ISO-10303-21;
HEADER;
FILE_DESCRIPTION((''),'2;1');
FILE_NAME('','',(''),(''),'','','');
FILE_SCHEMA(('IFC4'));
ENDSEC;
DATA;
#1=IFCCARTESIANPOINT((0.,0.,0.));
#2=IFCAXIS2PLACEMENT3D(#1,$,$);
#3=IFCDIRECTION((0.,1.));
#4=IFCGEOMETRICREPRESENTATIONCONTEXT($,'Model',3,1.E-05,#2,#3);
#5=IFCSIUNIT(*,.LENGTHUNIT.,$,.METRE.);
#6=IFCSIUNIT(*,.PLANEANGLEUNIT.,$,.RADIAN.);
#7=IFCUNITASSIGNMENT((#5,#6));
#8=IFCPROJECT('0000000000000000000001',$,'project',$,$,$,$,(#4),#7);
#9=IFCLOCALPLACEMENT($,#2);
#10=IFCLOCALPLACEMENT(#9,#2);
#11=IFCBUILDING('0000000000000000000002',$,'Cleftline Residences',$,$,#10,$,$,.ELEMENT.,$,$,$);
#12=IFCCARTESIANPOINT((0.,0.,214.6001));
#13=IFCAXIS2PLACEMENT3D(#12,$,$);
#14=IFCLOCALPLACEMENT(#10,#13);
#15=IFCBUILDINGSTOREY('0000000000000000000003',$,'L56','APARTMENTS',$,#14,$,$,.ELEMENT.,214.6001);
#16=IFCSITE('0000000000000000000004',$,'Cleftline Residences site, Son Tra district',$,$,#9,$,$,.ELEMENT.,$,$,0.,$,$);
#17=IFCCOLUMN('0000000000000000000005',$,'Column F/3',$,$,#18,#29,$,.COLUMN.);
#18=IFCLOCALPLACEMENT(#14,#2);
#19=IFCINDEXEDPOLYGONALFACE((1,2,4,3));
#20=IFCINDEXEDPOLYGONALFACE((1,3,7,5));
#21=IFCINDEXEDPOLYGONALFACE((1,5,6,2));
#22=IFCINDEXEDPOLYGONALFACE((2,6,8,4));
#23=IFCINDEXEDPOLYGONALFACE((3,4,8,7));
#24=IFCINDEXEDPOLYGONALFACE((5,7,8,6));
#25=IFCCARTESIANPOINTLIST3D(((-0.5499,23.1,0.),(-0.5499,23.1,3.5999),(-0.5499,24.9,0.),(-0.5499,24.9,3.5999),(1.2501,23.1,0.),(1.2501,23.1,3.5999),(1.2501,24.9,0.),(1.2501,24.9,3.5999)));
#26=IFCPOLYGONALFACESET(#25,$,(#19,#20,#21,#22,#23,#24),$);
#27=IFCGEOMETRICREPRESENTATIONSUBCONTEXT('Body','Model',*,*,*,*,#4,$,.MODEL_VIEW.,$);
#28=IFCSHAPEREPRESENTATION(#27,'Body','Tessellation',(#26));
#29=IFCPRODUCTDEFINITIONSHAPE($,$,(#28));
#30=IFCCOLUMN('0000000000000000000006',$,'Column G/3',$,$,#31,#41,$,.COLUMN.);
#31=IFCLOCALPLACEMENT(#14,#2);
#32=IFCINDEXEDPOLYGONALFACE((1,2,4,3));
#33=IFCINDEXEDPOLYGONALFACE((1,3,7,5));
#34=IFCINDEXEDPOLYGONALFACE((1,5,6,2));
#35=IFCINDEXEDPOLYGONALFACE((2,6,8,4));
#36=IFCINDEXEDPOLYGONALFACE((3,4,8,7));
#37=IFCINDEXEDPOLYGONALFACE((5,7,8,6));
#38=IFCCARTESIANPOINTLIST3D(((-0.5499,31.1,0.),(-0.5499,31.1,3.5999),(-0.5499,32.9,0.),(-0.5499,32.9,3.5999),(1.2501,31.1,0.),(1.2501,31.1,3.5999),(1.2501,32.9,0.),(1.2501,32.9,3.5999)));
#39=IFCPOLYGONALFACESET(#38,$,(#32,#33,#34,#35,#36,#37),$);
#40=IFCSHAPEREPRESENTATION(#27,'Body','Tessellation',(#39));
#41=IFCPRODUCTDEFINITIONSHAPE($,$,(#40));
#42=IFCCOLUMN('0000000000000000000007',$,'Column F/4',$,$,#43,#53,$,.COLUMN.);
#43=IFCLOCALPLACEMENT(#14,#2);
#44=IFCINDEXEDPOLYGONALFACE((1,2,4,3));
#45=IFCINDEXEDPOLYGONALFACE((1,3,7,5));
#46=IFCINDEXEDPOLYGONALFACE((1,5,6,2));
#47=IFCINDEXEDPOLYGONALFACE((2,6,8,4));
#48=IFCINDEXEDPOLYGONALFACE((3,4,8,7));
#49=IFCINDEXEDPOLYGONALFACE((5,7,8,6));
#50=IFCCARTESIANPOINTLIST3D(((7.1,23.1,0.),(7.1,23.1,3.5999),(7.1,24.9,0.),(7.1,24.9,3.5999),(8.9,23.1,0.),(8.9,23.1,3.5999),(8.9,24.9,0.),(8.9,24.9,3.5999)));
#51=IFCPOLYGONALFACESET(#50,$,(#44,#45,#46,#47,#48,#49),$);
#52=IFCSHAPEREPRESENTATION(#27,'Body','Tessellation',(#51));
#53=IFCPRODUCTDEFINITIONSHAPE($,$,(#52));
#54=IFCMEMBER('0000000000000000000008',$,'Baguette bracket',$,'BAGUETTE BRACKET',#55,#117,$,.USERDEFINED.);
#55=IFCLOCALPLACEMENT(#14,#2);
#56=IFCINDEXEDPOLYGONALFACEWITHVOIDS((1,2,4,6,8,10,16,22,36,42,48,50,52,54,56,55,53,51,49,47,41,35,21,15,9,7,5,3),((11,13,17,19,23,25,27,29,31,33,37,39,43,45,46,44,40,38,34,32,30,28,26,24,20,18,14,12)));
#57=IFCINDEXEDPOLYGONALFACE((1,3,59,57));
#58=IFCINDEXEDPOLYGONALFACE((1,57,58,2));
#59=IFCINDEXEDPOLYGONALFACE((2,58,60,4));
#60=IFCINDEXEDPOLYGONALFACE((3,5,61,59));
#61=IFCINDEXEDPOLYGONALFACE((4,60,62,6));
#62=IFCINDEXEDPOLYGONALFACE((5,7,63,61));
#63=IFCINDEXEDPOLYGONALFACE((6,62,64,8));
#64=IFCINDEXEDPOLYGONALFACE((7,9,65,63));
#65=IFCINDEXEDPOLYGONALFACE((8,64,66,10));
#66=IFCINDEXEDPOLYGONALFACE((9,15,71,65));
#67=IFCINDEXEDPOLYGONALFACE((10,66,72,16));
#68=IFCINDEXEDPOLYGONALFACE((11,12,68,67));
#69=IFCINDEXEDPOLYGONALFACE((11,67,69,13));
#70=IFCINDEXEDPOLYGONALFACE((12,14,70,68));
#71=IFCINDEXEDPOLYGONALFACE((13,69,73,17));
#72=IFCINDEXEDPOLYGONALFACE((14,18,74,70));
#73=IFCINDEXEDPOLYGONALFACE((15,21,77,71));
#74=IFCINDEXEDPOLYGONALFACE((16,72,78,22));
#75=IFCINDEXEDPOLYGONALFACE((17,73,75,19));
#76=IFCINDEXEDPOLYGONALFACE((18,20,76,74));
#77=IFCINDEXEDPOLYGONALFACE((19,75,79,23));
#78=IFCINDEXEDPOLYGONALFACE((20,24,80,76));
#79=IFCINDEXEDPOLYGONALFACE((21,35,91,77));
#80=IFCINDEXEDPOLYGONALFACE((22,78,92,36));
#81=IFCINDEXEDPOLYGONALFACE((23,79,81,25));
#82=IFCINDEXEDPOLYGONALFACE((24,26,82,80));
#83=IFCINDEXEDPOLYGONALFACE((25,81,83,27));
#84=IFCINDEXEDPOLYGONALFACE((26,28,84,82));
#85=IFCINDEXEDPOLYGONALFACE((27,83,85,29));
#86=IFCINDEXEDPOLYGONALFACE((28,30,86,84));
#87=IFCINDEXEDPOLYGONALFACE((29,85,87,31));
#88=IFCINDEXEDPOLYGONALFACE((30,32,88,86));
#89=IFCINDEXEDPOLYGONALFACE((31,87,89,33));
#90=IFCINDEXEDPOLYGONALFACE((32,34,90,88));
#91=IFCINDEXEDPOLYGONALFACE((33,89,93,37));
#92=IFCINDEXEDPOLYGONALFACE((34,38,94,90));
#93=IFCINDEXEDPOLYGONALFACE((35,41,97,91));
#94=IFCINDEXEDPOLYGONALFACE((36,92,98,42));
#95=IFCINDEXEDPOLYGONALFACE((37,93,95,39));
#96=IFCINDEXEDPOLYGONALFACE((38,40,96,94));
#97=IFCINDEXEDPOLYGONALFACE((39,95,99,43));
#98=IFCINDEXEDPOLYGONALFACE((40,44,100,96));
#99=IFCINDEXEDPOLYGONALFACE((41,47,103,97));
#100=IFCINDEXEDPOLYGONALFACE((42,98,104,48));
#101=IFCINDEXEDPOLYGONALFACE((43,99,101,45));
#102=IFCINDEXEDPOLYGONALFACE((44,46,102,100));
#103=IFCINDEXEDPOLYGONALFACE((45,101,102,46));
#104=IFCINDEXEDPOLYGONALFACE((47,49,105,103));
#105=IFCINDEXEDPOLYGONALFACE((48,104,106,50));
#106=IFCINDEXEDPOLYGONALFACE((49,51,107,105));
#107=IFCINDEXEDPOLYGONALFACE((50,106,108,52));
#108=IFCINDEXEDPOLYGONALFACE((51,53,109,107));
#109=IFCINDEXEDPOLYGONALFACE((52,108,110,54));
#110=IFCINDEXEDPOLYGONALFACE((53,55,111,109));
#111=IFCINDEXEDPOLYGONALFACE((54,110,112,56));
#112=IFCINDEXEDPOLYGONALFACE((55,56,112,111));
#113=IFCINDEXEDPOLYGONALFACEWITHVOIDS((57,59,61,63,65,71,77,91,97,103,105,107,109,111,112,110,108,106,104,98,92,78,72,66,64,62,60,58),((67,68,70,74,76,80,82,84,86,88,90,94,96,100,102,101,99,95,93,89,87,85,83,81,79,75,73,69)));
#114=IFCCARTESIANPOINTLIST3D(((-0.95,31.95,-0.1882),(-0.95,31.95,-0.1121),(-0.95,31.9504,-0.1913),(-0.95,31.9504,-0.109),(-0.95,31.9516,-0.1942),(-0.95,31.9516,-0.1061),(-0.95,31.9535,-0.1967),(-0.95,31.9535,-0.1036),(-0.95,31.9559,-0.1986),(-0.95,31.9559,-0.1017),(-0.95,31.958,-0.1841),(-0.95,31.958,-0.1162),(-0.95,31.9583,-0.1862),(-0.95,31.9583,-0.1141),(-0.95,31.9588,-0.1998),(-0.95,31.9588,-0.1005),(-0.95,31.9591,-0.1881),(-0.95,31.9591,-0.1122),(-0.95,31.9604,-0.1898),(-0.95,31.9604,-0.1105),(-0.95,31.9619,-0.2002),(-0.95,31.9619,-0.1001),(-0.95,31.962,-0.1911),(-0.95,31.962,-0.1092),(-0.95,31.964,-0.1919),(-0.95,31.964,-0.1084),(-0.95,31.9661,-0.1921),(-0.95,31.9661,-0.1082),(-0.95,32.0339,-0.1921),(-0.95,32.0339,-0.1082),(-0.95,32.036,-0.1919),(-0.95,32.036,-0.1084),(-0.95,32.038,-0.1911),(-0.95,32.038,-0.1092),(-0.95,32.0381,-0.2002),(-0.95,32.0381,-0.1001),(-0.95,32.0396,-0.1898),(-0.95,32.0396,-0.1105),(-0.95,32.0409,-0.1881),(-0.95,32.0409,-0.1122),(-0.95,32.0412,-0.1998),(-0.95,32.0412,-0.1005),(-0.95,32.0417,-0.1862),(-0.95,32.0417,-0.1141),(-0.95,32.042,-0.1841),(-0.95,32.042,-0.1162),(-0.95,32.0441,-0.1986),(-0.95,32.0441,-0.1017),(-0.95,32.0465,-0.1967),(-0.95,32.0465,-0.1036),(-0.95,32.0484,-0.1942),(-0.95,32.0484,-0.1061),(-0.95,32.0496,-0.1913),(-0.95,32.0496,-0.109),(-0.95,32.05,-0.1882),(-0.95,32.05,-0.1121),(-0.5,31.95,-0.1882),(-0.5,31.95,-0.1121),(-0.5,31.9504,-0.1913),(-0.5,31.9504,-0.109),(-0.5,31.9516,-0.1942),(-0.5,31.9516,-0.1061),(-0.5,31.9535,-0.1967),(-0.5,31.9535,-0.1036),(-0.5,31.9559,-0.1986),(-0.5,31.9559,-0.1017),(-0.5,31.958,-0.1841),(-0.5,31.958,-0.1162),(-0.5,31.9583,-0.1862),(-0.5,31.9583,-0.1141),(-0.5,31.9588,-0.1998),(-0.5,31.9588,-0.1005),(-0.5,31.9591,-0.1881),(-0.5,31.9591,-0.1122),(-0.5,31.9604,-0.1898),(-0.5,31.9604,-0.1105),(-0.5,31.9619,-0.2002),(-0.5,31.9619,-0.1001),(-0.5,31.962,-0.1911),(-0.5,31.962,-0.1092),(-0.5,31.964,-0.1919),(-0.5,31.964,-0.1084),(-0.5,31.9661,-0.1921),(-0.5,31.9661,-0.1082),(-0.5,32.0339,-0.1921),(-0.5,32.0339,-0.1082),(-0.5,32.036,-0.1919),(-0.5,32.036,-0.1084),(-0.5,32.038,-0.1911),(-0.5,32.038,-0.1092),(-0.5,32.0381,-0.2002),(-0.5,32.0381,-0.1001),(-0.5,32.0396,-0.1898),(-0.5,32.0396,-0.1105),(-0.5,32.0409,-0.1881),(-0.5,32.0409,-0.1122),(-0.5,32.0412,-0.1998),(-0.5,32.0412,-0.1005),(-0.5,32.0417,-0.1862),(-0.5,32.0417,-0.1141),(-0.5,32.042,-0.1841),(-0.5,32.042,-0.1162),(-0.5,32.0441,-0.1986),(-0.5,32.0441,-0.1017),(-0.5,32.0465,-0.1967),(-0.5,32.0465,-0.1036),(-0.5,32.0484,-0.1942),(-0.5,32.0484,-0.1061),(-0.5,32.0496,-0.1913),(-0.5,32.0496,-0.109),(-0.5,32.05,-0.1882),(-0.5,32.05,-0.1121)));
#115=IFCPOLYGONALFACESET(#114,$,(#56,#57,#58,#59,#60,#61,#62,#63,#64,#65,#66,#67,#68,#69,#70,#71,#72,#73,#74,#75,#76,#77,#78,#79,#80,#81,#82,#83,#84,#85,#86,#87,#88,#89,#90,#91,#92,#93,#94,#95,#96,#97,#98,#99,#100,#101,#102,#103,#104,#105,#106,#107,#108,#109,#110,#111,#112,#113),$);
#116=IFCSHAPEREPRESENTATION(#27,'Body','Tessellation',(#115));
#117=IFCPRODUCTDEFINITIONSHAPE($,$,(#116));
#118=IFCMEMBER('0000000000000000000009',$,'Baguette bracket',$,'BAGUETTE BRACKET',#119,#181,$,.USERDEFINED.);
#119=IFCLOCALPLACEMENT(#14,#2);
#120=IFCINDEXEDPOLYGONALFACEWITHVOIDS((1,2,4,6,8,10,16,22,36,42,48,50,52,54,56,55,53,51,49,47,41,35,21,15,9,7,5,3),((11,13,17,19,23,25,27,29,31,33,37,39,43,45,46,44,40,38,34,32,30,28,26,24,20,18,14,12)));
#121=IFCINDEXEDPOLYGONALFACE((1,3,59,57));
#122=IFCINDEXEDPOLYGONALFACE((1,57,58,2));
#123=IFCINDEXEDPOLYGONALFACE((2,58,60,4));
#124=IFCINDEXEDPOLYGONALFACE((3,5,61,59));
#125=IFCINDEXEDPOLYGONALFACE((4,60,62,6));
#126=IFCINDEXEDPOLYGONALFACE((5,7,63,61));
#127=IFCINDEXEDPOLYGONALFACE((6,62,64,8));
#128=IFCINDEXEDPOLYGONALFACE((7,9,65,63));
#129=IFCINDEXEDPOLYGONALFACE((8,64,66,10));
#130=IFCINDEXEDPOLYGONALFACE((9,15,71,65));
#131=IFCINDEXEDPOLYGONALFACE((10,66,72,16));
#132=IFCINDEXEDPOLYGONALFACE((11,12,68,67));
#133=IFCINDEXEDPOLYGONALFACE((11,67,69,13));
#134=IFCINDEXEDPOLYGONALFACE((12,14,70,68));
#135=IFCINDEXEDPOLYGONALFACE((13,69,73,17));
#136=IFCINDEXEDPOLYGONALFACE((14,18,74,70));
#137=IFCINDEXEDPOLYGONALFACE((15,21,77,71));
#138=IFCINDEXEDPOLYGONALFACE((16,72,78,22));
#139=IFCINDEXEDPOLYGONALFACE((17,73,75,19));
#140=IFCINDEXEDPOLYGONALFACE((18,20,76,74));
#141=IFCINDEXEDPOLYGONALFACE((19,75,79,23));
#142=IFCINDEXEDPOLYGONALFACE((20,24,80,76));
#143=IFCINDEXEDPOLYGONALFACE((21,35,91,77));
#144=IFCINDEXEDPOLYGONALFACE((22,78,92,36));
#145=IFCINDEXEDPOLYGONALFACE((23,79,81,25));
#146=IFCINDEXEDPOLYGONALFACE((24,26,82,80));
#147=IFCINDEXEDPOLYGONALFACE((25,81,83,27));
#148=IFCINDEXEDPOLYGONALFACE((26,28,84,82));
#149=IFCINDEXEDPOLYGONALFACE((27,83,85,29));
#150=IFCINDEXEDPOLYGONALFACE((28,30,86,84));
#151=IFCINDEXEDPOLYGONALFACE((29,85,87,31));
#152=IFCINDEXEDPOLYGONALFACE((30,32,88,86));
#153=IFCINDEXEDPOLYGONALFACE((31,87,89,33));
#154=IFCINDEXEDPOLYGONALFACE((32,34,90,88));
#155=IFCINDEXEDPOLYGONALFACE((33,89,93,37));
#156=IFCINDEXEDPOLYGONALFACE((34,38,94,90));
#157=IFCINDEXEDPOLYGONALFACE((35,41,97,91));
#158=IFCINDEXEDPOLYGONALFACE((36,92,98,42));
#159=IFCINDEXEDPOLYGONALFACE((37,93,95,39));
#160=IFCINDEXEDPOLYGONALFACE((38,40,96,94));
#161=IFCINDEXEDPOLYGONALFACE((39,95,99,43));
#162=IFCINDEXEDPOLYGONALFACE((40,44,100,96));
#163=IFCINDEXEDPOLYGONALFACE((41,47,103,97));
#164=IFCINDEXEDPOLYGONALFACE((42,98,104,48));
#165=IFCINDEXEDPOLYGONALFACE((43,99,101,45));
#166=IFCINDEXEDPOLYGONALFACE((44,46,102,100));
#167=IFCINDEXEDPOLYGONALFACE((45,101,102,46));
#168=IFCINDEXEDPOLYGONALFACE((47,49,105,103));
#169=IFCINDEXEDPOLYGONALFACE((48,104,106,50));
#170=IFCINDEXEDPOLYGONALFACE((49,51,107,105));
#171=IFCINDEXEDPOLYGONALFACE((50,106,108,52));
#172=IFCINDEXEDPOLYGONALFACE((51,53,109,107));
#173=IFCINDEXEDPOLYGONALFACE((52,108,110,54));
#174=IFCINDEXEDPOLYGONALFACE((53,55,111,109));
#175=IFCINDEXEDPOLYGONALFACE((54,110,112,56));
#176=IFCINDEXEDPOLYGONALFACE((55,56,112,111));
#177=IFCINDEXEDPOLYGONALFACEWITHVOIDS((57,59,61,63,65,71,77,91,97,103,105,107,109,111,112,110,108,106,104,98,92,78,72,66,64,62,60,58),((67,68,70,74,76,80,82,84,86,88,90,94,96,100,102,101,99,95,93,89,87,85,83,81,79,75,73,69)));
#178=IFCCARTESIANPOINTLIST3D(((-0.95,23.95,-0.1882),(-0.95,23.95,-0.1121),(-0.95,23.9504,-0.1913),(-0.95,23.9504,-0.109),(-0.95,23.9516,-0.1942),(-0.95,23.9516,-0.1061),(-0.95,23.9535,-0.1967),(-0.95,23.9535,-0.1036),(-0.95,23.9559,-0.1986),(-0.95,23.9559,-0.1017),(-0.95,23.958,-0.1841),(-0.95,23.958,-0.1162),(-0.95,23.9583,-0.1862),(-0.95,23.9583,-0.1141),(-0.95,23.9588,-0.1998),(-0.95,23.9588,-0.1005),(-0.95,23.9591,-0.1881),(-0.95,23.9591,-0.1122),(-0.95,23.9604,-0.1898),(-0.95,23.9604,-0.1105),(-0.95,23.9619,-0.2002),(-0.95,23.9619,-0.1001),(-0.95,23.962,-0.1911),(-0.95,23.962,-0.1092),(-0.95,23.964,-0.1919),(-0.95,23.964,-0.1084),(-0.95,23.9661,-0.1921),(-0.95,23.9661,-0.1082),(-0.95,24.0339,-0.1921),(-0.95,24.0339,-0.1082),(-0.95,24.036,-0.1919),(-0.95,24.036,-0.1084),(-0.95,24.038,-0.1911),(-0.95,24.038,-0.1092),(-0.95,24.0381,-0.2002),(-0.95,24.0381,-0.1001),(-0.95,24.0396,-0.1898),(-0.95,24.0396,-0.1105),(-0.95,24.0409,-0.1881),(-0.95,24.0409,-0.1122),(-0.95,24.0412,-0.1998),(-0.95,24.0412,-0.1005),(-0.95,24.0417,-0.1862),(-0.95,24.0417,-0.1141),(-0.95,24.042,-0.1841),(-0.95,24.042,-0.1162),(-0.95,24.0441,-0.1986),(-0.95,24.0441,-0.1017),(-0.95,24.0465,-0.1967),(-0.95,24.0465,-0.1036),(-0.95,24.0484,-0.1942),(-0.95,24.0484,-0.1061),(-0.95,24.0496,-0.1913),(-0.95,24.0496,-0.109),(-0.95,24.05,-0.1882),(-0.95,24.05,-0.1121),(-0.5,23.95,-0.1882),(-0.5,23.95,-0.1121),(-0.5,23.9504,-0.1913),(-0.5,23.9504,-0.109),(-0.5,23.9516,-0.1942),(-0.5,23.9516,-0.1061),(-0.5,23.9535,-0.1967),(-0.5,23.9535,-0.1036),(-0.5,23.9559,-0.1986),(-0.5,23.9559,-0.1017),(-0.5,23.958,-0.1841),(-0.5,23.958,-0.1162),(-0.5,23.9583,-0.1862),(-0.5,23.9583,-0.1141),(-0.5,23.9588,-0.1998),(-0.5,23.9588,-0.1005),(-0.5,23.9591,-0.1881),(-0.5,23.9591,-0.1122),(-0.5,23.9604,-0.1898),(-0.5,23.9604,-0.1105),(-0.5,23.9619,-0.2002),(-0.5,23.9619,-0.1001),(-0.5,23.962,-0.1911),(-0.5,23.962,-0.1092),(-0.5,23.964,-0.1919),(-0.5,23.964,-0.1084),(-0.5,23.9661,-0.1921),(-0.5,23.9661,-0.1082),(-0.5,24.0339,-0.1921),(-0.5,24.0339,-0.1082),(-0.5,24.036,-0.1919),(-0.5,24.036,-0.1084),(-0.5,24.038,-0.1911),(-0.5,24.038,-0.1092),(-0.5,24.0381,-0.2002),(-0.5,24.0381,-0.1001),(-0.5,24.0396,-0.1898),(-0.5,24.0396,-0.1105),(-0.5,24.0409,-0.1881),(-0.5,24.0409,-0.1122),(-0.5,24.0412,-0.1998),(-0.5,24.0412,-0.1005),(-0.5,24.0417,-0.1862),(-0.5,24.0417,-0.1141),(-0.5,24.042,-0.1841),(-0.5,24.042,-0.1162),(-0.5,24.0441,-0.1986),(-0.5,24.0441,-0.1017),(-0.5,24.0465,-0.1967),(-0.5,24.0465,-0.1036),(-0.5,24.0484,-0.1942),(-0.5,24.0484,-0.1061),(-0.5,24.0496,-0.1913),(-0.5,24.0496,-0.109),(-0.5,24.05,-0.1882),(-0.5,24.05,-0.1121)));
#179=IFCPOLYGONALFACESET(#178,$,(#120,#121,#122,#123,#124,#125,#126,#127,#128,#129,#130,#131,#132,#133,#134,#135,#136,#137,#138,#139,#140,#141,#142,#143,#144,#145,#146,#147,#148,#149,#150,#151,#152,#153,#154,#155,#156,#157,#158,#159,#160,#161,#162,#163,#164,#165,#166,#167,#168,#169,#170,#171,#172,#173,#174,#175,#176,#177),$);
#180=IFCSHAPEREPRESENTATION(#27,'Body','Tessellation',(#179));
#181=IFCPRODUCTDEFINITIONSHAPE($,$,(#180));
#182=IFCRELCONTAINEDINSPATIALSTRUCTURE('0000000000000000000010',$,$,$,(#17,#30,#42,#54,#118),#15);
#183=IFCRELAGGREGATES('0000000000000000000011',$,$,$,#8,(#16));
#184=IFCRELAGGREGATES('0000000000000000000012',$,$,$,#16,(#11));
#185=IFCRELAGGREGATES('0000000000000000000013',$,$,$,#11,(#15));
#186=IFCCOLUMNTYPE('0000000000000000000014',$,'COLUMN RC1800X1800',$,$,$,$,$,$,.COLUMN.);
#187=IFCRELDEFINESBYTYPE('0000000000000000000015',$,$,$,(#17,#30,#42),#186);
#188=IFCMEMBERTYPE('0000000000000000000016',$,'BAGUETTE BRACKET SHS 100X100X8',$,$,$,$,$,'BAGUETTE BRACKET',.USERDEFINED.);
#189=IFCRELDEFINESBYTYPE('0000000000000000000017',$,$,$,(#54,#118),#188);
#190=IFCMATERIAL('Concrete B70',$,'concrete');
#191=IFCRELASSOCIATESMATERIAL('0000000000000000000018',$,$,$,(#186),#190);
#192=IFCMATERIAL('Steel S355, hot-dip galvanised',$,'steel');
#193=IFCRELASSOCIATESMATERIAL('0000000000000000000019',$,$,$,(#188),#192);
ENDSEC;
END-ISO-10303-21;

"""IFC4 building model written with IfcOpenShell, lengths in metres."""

from ifc_helpers import new_model, si_unit, direction, frame, origin, origin_2d, place, context, subcontext, project, spatial, rectangle, hollow_rectangle, extrude, material, material_profile, profile_set, type_object, element, save


model = new_model("IFC4")

# Units and contexts
model_context = context("Model", 3, precision=1e-05, world=origin(), true_north=direction((0.0, 1.0)))
body_context = subcontext(model_context, "Body", "Model", "MODEL_VIEW")
ifc_project = project(units=[si_unit("LENGTHUNIT", "METRE"), si_unit("PLANEANGLEUNIT", "RADIAN")], contexts=[model_context])

# Site, building, storey
site_placement = place(None, origin())
site = spatial("IfcSite", under=ifc_project, at=site_placement, Name="Cleftline Residences site, Son Tra district", CompositionType="ELEMENT", RefElevation=0.0)
building_placement = place(site_placement, origin())
building = spatial("IfcBuilding", under=site, at=building_placement, Name="Cleftline Residences", CompositionType="ELEMENT")
storey_placement = place(building_placement, frame((0.0, 0.0, 214.6001)))
storey = spatial("IfcBuildingStorey", under=building, at=storey_placement, Name="L56", Description="APARTMENTS", CompositionType="ELEMENT", Elevation=214.6001)

# Columns
ifc_material_1 = material(Name="Concrete B70", Category="concrete")
ifc_material_profile_1 = material_profile(ifc_material_1, rectangle(XDim=1.8, YDim=1.8, at=origin_2d()))
ifc_profile_set_1 = profile_set([ifc_material_profile_1], Name="Concrete B70")
column_type = type_object("IfcColumnType", Name="COLUMN RC1800X1800", PredefinedType="COLUMN", material=ifc_profile_set_1)
for number, where, z_axis, x_axis, name in (
    (1, (0.3501, 24.0, 0.0), (0.0, 0.0, 1.0), (1.0, 0.0, 0.0), "Column F/3"),
    (2, (0.3501, 32.0, 0.0), (0.0, 0.0, 1.0), (1.0, 0.0, 0.0), "Column G/3"),
    (3, (8.0, 24.0, 0.0), (0.0, 0.0, 1.0), (1.0, 0.0, 0.0), "Column F/4"),
):
    element("IfcColumn", number, at=place(storey_placement, frame(where, z_axis=z_axis, x_axis=x_axis)), inside=storey, type_object=column_type, Name=name, PredefinedType="COLUMN", context=body_context, shape_type="SweptSolid", body=[
        extrude(rectangle(XDim=1.8, YDim=1.8, at=origin_2d()), origin(), (0.0, 0.0, 1.0), 3.5999),
    ])

# Members
ifc_material_2 = material(Name="Steel S355, hot-dip galvanised", Category="steel")
ifc_material_profile_2 = material_profile(ifc_material_2, hollow_rectangle(XDim=0.1001, YDim=0.1001, WallThickness=0.0081, InnerFilletRadius=0.0081, OuterFilletRadius=0.012, at=origin_2d()))
ifc_profile_set_2 = profile_set([ifc_material_profile_2], Name="Steel S355, hot-dip galvanised")
member_type_1 = type_object("IfcMemberType", Name="BAGUETTE BRACKET SHS 100X100X8", ElementType="BAGUETTE BRACKET", PredefinedType="USERDEFINED", material=ifc_profile_set_2)
for number, where, z_axis, x_axis, name in (
    (4, (-0.5, 32.0, -0.1501), (-1.0, 0.0, 0.0), (0.0, -1.0, 0.0), "Baguette bracket"),
    (5, (-0.5, 24.0, -0.1501), (-1.0, 0.0, 0.0), (0.0, -1.0, 0.0), "Baguette bracket"),
):
    element("IfcMember", number, at=place(storey_placement, frame(where, z_axis=z_axis, x_axis=x_axis)), inside=storey, type_object=member_type_1, Name=name, ObjectType="BAGUETTE BRACKET", PredefinedType="USERDEFINED", context=body_context, shape_type="SweptSolid", body=[
        extrude(hollow_rectangle(XDim=0.1001, YDim=0.1001, WallThickness=0.0081, InnerFilletRadius=0.0081, OuterFilletRadius=0.012, at=origin_2d()), origin(), (0.0, 0.0, 1.0), 0.45),
    ])

save(model, "model.ifc")
